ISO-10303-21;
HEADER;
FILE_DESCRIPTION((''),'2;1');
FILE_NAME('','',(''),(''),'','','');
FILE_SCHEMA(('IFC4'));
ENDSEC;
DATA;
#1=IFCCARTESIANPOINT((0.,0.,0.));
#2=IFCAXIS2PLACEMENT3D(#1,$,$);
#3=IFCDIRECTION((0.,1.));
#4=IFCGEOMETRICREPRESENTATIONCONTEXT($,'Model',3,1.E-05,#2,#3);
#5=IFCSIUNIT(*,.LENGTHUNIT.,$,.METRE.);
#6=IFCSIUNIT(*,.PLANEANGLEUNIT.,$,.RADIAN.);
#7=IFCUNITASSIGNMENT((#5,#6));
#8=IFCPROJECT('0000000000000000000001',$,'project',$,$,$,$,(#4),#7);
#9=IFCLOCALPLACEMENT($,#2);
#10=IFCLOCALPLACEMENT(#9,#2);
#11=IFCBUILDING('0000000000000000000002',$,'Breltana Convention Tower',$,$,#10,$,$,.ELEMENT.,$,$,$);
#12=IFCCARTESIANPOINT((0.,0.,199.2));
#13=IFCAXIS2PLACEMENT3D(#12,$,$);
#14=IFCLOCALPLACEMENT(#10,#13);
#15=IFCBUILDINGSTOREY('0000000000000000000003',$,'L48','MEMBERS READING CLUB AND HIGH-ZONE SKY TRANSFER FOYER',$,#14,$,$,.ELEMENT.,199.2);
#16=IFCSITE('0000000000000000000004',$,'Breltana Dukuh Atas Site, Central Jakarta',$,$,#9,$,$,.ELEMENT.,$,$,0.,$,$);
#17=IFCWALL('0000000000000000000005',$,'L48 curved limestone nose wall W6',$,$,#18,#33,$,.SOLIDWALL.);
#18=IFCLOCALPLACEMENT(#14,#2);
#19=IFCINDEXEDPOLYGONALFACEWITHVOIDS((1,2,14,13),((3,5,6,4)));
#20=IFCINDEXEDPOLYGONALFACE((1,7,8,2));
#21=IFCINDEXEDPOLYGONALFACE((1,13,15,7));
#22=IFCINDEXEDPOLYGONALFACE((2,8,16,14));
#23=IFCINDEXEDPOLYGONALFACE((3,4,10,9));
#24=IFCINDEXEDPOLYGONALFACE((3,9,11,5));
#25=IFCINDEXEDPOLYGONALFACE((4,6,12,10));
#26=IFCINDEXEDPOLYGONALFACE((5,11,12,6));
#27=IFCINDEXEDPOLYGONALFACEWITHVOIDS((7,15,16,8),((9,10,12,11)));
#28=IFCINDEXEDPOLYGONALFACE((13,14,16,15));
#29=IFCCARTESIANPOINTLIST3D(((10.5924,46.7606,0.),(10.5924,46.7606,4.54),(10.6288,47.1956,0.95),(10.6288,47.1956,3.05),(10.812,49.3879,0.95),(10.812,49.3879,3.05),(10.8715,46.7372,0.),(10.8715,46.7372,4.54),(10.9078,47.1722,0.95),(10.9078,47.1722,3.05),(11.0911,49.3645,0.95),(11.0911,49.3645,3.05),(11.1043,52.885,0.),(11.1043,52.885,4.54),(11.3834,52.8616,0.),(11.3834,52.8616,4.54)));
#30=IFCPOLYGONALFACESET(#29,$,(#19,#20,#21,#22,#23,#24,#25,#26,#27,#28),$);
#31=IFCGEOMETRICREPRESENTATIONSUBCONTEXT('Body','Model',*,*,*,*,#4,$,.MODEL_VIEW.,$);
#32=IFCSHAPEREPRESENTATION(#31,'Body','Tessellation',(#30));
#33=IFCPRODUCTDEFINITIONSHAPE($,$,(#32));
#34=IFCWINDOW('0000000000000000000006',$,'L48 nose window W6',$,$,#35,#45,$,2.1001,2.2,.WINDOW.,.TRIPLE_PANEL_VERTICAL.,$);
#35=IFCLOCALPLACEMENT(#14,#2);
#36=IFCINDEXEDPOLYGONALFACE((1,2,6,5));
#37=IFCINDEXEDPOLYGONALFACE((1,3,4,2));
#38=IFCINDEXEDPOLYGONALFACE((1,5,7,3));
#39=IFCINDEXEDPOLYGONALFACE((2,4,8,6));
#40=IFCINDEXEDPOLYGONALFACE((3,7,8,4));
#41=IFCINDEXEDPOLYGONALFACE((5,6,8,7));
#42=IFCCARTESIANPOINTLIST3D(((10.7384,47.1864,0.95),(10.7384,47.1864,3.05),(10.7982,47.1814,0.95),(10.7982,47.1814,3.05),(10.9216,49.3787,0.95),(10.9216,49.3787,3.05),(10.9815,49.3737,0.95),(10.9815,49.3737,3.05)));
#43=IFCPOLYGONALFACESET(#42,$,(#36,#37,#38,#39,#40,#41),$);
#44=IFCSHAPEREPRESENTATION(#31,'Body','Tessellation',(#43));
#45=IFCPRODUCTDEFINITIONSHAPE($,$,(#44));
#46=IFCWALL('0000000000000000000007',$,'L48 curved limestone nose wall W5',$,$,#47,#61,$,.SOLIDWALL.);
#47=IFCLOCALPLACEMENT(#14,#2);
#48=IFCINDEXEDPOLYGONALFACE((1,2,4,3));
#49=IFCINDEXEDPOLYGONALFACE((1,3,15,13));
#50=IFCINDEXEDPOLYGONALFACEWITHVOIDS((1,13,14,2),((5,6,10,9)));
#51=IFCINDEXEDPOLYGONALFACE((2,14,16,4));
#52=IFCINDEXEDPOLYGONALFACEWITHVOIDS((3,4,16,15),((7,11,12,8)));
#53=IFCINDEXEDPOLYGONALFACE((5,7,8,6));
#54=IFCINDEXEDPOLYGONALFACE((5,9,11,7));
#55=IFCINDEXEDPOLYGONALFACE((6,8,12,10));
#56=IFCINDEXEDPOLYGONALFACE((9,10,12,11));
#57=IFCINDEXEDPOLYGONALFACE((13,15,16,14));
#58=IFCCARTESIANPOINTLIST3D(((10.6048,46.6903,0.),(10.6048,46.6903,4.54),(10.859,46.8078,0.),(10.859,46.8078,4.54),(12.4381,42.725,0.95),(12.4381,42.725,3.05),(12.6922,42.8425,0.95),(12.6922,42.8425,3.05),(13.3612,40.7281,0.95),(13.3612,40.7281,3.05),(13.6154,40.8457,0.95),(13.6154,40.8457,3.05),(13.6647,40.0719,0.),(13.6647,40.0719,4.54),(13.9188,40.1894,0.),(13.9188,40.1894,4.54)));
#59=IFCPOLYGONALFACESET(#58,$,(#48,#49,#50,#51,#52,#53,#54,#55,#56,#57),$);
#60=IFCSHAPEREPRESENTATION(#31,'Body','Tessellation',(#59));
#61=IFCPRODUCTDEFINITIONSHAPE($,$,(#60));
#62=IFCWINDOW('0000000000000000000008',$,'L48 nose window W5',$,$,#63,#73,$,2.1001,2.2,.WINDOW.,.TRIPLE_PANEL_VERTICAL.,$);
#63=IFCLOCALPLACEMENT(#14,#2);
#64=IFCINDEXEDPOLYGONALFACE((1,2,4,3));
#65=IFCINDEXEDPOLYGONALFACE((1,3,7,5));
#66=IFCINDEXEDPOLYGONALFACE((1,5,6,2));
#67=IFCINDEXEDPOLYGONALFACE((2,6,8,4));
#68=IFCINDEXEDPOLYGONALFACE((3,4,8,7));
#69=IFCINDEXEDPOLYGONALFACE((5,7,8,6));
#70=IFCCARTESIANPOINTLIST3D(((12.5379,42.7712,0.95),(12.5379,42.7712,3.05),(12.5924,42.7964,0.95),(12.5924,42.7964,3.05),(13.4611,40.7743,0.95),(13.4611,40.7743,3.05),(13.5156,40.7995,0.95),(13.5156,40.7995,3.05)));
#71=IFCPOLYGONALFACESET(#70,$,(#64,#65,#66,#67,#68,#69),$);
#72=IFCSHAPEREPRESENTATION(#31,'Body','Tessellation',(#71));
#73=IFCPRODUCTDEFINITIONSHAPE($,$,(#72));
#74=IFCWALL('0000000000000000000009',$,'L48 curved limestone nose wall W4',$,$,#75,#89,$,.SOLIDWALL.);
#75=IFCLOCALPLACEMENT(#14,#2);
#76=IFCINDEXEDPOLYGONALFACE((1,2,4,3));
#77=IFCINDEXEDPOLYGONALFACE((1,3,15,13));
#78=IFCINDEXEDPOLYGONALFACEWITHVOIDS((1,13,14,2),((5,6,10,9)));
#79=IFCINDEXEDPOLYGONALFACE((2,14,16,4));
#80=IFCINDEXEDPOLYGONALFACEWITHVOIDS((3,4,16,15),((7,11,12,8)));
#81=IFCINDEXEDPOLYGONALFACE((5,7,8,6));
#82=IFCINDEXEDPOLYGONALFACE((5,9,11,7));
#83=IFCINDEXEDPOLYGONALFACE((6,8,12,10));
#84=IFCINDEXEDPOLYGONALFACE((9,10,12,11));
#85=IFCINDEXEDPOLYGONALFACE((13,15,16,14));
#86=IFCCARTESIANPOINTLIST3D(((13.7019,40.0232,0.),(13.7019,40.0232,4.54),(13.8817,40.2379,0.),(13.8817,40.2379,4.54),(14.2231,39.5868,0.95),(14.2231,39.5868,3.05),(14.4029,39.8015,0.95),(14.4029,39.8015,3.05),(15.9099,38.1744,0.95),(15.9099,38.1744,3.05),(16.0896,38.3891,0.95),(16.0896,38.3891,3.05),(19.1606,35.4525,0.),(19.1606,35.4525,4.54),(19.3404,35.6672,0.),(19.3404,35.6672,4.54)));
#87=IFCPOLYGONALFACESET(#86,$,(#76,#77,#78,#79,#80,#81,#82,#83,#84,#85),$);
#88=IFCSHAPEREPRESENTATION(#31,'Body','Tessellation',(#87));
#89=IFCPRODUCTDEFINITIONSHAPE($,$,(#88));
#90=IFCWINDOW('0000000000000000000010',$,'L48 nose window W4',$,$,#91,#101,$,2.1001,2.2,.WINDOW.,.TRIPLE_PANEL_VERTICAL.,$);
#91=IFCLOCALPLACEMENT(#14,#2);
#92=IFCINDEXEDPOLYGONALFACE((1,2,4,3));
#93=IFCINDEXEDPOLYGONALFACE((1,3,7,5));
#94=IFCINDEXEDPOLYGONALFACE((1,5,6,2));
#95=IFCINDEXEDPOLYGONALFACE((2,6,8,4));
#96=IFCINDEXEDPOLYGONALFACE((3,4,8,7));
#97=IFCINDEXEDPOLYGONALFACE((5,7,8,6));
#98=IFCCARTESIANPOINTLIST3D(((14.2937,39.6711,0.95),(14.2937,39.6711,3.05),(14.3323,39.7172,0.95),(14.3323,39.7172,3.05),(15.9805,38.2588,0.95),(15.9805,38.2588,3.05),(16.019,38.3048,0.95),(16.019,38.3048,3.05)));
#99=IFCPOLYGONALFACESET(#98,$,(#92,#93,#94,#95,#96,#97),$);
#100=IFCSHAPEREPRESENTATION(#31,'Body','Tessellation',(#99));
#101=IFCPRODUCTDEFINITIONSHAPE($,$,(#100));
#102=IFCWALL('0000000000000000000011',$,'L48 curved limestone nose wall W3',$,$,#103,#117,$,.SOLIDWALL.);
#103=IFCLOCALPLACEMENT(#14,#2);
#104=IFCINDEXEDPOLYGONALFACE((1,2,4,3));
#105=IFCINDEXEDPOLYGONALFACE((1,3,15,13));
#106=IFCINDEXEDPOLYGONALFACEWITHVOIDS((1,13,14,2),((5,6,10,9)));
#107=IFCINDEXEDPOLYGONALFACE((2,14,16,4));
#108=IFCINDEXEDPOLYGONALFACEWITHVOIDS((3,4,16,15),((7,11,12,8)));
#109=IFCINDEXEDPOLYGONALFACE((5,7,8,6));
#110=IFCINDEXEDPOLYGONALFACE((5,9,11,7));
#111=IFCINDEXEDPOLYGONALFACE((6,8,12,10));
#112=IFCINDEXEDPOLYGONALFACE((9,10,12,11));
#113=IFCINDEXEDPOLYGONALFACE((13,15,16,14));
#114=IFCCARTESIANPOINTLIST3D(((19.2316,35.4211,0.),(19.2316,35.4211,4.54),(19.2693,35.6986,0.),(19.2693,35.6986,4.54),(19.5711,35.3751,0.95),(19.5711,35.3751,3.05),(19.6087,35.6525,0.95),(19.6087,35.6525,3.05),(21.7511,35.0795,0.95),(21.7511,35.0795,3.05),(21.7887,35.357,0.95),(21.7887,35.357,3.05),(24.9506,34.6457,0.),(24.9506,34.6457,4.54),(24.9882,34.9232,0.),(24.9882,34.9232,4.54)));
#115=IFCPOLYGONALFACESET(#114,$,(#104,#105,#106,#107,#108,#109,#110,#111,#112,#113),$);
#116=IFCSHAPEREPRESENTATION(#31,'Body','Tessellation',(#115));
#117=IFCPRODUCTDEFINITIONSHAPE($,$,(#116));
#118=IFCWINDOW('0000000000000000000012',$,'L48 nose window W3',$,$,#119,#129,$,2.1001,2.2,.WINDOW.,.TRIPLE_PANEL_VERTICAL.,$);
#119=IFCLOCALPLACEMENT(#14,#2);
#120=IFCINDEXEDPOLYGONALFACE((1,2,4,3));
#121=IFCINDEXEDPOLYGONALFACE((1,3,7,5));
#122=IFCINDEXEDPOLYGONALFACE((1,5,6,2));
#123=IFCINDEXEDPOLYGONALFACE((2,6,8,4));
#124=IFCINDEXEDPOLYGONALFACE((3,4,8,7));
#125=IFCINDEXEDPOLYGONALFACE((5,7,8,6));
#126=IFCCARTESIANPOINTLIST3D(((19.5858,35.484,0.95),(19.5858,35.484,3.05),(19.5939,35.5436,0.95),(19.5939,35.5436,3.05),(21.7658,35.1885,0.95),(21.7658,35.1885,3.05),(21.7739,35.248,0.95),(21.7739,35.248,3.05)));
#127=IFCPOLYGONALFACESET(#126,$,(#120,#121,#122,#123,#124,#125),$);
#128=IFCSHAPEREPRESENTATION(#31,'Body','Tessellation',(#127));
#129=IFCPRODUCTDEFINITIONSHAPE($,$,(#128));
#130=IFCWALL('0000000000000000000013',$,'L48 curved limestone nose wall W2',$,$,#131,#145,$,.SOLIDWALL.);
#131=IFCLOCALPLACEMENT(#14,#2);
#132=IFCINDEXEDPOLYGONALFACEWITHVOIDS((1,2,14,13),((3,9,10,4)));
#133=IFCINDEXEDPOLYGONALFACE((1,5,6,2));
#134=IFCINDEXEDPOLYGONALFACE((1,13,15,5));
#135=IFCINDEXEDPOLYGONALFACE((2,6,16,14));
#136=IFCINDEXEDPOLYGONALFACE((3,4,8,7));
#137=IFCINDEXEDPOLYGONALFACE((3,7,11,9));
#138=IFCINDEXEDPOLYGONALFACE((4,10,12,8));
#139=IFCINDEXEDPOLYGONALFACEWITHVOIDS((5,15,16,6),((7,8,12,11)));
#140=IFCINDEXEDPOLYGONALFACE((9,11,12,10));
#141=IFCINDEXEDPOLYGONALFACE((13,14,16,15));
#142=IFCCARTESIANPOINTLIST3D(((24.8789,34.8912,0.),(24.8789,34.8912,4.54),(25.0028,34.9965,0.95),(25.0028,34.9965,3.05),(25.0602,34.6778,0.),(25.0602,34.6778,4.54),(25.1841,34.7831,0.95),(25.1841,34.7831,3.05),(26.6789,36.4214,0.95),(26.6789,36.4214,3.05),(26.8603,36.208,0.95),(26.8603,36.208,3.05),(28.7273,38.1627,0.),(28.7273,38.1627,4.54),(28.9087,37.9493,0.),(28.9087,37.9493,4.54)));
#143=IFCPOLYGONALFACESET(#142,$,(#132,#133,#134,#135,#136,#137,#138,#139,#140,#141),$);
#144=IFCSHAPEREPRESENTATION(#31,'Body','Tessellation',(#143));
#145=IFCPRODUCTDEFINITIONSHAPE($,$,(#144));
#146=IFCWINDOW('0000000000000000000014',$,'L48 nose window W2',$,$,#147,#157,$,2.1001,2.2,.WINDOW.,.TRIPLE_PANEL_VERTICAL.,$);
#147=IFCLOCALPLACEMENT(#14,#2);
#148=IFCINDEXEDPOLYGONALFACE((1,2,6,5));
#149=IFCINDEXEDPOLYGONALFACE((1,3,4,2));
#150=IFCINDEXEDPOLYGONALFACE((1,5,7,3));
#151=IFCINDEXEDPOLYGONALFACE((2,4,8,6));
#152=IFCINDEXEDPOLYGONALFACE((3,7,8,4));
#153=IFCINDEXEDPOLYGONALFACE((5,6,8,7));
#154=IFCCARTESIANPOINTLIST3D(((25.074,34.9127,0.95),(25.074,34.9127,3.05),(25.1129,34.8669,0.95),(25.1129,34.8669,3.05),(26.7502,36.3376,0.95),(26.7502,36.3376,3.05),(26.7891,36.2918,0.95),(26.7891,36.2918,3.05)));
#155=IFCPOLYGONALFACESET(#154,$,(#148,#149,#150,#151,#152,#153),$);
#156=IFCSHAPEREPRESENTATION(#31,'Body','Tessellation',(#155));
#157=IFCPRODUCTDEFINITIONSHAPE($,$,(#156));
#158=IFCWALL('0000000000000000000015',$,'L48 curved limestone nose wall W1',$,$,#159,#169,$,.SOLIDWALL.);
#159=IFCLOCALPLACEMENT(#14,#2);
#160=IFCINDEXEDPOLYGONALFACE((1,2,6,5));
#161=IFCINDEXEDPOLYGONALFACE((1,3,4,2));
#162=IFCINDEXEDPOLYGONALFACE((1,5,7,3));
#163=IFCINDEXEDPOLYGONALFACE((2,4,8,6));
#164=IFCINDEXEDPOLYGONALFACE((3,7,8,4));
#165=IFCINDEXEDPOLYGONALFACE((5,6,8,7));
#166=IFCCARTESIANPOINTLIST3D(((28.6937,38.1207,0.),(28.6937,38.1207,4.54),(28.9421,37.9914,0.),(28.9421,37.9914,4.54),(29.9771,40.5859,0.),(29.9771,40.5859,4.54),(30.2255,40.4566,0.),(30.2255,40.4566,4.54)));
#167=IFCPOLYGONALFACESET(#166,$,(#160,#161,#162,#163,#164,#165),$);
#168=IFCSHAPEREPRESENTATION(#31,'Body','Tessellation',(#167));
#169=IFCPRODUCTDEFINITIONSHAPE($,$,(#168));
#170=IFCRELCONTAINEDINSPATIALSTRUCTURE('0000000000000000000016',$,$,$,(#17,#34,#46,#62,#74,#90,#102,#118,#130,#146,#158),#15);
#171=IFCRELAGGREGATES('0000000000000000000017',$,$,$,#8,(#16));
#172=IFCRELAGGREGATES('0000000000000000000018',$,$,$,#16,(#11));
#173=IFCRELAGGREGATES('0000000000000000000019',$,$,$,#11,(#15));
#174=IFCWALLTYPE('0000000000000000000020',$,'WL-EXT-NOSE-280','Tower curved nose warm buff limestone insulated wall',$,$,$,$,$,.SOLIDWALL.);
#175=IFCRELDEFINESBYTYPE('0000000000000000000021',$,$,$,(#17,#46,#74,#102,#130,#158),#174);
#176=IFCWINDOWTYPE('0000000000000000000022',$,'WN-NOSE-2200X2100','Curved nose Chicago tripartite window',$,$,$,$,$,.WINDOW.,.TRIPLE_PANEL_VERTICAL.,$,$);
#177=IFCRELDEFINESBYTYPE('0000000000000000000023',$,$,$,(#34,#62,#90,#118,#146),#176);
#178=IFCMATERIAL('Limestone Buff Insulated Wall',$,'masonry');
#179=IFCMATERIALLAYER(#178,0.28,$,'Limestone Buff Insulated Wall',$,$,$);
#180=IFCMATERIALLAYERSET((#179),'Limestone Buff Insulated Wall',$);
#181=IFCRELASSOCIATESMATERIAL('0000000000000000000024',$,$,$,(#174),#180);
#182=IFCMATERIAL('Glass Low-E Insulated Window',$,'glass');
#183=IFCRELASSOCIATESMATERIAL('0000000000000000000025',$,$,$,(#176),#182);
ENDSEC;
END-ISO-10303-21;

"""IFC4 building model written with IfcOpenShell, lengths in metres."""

from ifc_helpers import new_model, si_unit, direction, frame, frame_2d, origin, place, context, subcontext, project, spatial, rectangle, extrude, source, transform, mapped, material, layer, layer_set, type_object, type_shapes, element, fill, save


model = new_model("IFC4")

# Units and contexts
model_context = context("Model", 3, precision=1e-05, world=origin(), true_north=direction((0.0, 1.0)))
body_context = subcontext(model_context, "Body", "Model", "MODEL_VIEW")
ifc_project = project(units=[si_unit("LENGTHUNIT", "METRE"), si_unit("PLANEANGLEUNIT", "RADIAN")], contexts=[model_context])

# Site, building, storey
site_placement = place(None, origin())
site = spatial("IfcSite", under=ifc_project, at=site_placement, Name="Breltana Dukuh Atas Site, Central Jakarta", CompositionType="ELEMENT", RefElevation=0.0)
building_placement = place(site_placement, origin())
building = spatial("IfcBuilding", under=site, at=building_placement, Name="Breltana Convention Tower", CompositionType="ELEMENT")
storey_placement = place(building_placement, frame((0.0, 0.0, 199.2)))
storey = spatial("IfcBuildingStorey", under=building, at=storey_placement, Name="L48", Description="MEMBERS READING CLUB AND HIGH-ZONE SKY TRANSFER FOYER", CompositionType="ELEMENT", Elevation=199.2)

# Walls, openings, windows
ifc_material_1 = material(Name="Limestone Buff Insulated Wall", Category="masonry")
ifc_layer_1 = layer(ifc_material_1, 0.28, Name="Limestone Buff Insulated Wall")
ifc_layer_set_1 = layer_set([ifc_layer_1], Name="Limestone Buff Insulated Wall")
wall_type = type_object("IfcWallType", Name="WL-EXT-NOSE-280", Description="Tower curved nose warm buff limestone insulated wall", PredefinedType="SOLIDWALL", material=ifc_layer_set_1)
shared_shape_1 = source(origin(), body_context, "Body", "SweptSolid", [
    extrude(rectangle(XDim=6.1458, YDim=0.28, at=frame_2d((3.0728, 0.0))), origin(), (0.0, 0.0, 1.0), 4.54),
])
wall_1_placement = place(storey_placement, frame((10.7319, 46.749, 0.0), z_axis=(0.0, 0.0, 1.0), x_axis=(0.083302, 0.996524, 0.0)))
wall_1 = element("IfcWall", 1, at=wall_1_placement, inside=storey, type_object=wall_type, Name="L48 curved limestone nose wall W6", PredefinedType="SOLIDWALL", context=body_context, shape_type="MappedRepresentation", body=[
    mapped(shared_shape_1, transform((0.0, 0.0, 0.0), scale=1.0)),
])
opening_1_placement = place(wall_1_placement, frame((0.4363, 0.0, 0.95)))
opening_1 = element("IfcOpeningElement", 2, at=opening_1_placement, cuts=wall_1, PredefinedType="OPENING", context=body_context, shape_type="SweptSolid", body=[
    extrude(rectangle(XDim=2.2, YDim=2.1001, at=frame_2d((1.1001, 1.05))), frame((0.0, 0.1499, 0.0), z_axis=(0.0, -1.0, 0.0), x_axis=(1.0, 0.0, 0.0)), (0.0, 0.0, 1.0), 0.3),
])
ifc_material_2 = material(Name="Glass Low-E Insulated Window", Category="glass")
window_type = type_object("IfcWindowType", Name="WN-NOSE-2200X2100", Description="Curved nose Chicago tripartite window", PartitioningType="TRIPLE_PANEL_VERTICAL", PredefinedType="WINDOW", material=ifc_material_2)
shared_shape_2 = source(origin(), body_context, "Body", "SweptSolid", [
    extrude(rectangle(XDim=2.2, YDim=2.1001, at=frame_2d((1.1001, 1.05))), frame((0.0, 0.03, 0.0), z_axis=(0.0, -1.0, 0.0), x_axis=(1.0, 0.0, 0.0)), (0.0, 0.0, 1.0), 0.0601),
])
type_shapes(window_type, [shared_shape_2])
window_1_placement = place(opening_1_placement, origin())
window_1 = element("IfcWindow", 3, at=window_1_placement, inside=storey, type_object=window_type, Name="L48 nose window W6", OverallHeight=2.1001, OverallWidth=2.2, PartitioningType="TRIPLE_PANEL_VERTICAL", PredefinedType="WINDOW", context=body_context, shape_type="MappedRepresentation", body=[
    mapped(shared_shape_2, transform((0.0, 0.0, 0.0), scale=1.0)),
])
fill(opening_1, window_1)
shared_shape_3 = source(origin(), body_context, "Body", "SweptSolid", [
    extrude(rectangle(XDim=7.2915, YDim=0.28, at=frame_2d((3.6458, 0.0))), origin(), (0.0, 0.0, 1.0), 4.54),
])
wall_2_placement = place(storey_placement, frame((13.7917, 40.1306, 0.0), z_axis=(0.0, 0.0, 1.0), x_axis=(-0.419642, 0.90769, 0.0)))
wall_2 = element("IfcWall", 4, at=wall_2_placement, inside=storey, type_object=wall_type, Name="L48 curved limestone nose wall W5", PredefinedType="SOLIDWALL", context=body_context, shape_type="MappedRepresentation", body=[
    mapped(shared_shape_3, transform((0.0, 0.0, 0.0), scale=1.0)),
])
opening_2_placement = place(wall_2_placement, frame((0.7229, 0.0, 0.95)))
opening_2 = element("IfcOpeningElement", 5, at=opening_2_placement, cuts=wall_2, PredefinedType="OPENING", context=body_context, shape_type="SweptSolid", body=[
    extrude(rectangle(XDim=2.2, YDim=2.1001, at=frame_2d((1.1001, 1.05))), frame((0.0, 0.1499, 0.0), z_axis=(0.0, -1.0, 0.0), x_axis=(1.0, 0.0, 0.0)), (0.0, 0.0, 1.0), 0.3),
])
window_2_placement = place(opening_2_placement, origin())
window_2 = element("IfcWindow", 6, at=window_2_placement, inside=storey, type_object=window_type, Name="L48 nose window W5", OverallHeight=2.1001, OverallWidth=2.2, PartitioningType="TRIPLE_PANEL_VERTICAL", PredefinedType="WINDOW", context=body_context, shape_type="MappedRepresentation", body=[
    mapped(shared_shape_2, transform((0.0, 0.0, 0.0), scale=1.0)),
])
fill(opening_2, window_2)
shared_shape_4 = source(origin(), body_context, "Body", "SweptSolid", [
    extrude(rectangle(XDim=7.1196, YDim=0.28, at=frame_2d((3.5598, 0.0))), origin(), (0.0, 0.0, 1.0), 4.54),
])
wall_3_placement = place(storey_placement, frame((19.2505, 35.5598, 0.0), z_axis=(0.0, 0.0, 1.0), x_axis=(-0.76671, 0.641994, 0.0)))
wall_3 = element("IfcWall", 7, at=wall_3_placement, inside=storey, type_object=wall_type, Name="L48 curved limestone nose wall W4", PredefinedType="SOLIDWALL", context=body_context, shape_type="MappedRepresentation", body=[
    mapped(shared_shape_4, transform((0.0, 0.0, 0.0), scale=1.0)),
])
opening_3_placement = place(wall_3_placement, frame((4.2397, 0.0, 0.95)))
opening_3 = element("IfcOpeningElement", 8, at=opening_3_placement, cuts=wall_3, PredefinedType="OPENING", context=body_context, shape_type="SweptSolid", body=[
    extrude(rectangle(XDim=2.2, YDim=2.1001, at=frame_2d((1.1001, 1.05))), frame((0.0, 0.1499, 0.0), z_axis=(0.0, -1.0, 0.0), x_axis=(1.0, 0.0, 0.0)), (0.0, 0.0, 1.0), 0.3),
])
window_3_placement = place(opening_3_placement, origin())
window_3 = element("IfcWindow", 9, at=window_3_placement, inside=storey, type_object=window_type, Name="L48 nose window W4", OverallHeight=2.1001, OverallWidth=2.2, PartitioningType="TRIPLE_PANEL_VERTICAL", PredefinedType="WINDOW", context=body_context, shape_type="MappedRepresentation", body=[
    mapped(shared_shape_2, transform((0.0, 0.0, 0.0), scale=1.0)),
])
fill(opening_3, window_3)
shared_shape_5 = source(origin(), body_context, "Body", "SweptSolid", [
    extrude(rectangle(XDim=5.7712, YDim=0.28, at=frame_2d((2.8857, 0.0))), origin(), (0.0, 0.0, 1.0), 4.54),
])
wall_4_placement = place(storey_placement, frame((24.9695, 34.7844, 0.0), z_axis=(0.0, 0.0, 1.0), x_axis=(-0.990934, 0.134352, 0.0)))
wall_4 = element("IfcWall", 10, at=wall_4_placement, inside=storey, type_object=wall_type, Name="L48 curved limestone nose wall W3", PredefinedType="SOLIDWALL", context=body_context, shape_type="MappedRepresentation", body=[
    mapped(shared_shape_5, transform((0.0, 0.0, 0.0), scale=1.0)),
])
opening_4_placement = place(wall_4_placement, frame((3.2288, 0.0, 0.95)))
opening_4 = element("IfcOpeningElement", 11, at=opening_4_placement, cuts=wall_4, PredefinedType="OPENING", context=body_context, shape_type="SweptSolid", body=[
    extrude(rectangle(XDim=2.2, YDim=2.1001, at=frame_2d((1.1001, 1.05))), frame((0.0, 0.1499, 0.0), z_axis=(0.0, -1.0, 0.0), x_axis=(1.0, 0.0, 0.0)), (0.0, 0.0, 1.0), 0.3),
])
window_4_placement = place(opening_4_placement, origin())
window_4 = element("IfcWindow", 12, at=window_4_placement, inside=storey, type_object=window_type, Name="L48 nose window W3", OverallHeight=2.1001, OverallWidth=2.2, PartitioningType="TRIPLE_PANEL_VERTICAL", PredefinedType="WINDOW", context=body_context, shape_type="MappedRepresentation", body=[
    mapped(shared_shape_2, transform((0.0, 0.0, 0.0), scale=1.0)),
])
fill(opening_4, window_4)
shared_shape_6 = source(origin(), body_context, "Body", "SweptSolid", [
    extrude(rectangle(XDim=5.051, YDim=0.28, at=frame_2d((2.5254, 0.0))), origin(), (0.0, 0.0, 1.0), 4.54),
])
wall_5_placement = place(storey_placement, frame((28.8179, 38.0559, 0.0), z_axis=(0.0, 0.0, 1.0), x_axis=(-0.761905, -0.647689, 0.0)))
wall_5 = element("IfcWall", 13, at=wall_5_placement, inside=storey, type_object=wall_type, Name="L48 curved limestone nose wall W2", PredefinedType="SOLIDWALL", context=body_context, shape_type="MappedRepresentation", body=[
    mapped(shared_shape_6, transform((0.0, 0.0, 0.0), scale=1.0)),
])
opening_5_placement = place(wall_5_placement, frame((2.6882, 0.0, 0.95)))
opening_5 = element("IfcOpeningElement", 14, at=opening_5_placement, cuts=wall_5, PredefinedType="OPENING", context=body_context, shape_type="SweptSolid", body=[
    extrude(rectangle(XDim=2.2, YDim=2.1001, at=frame_2d((1.1001, 1.05))), frame((0.0, 0.1499, 0.0), z_axis=(0.0, -1.0, 0.0), x_axis=(1.0, 0.0, 0.0)), (0.0, 0.0, 1.0), 0.3),
])
window_5_placement = place(opening_5_placement, origin())
window_5 = element("IfcWindow", 15, at=window_5_placement, inside=storey, type_object=window_type, Name="L48 nose window W2", OverallHeight=2.1001, OverallWidth=2.2, PartitioningType="TRIPLE_PANEL_VERTICAL", PredefinedType="WINDOW", context=body_context, shape_type="MappedRepresentation", body=[
    mapped(shared_shape_2, transform((0.0, 0.0, 0.0), scale=1.0)),
])
fill(opening_5, window_5)

# Wall
shared_shape_7 = source(origin(), body_context, "Body", "SweptSolid", [
    extrude(rectangle(XDim=2.7793, YDim=0.28, at=frame_2d((1.3896, 0.0))), origin(), (0.0, 0.0, 1.0), 4.54),
])
wall_6_placement = place(storey_placement, frame((30.1013, 40.5212, 0.0), z_axis=(0.0, 0.0, 1.0), x_axis=(-0.46177, -0.887, 0.0)))
element("IfcWall", 16, at=wall_6_placement, inside=storey, type_object=wall_type, Name="L48 curved limestone nose wall W1", PredefinedType="SOLIDWALL", context=body_context, shape_type="MappedRepresentation", body=[
    mapped(shared_shape_7, transform((0.0, 0.0, 0.0), scale=1.0)),
])

save(model, "model.ifc")
